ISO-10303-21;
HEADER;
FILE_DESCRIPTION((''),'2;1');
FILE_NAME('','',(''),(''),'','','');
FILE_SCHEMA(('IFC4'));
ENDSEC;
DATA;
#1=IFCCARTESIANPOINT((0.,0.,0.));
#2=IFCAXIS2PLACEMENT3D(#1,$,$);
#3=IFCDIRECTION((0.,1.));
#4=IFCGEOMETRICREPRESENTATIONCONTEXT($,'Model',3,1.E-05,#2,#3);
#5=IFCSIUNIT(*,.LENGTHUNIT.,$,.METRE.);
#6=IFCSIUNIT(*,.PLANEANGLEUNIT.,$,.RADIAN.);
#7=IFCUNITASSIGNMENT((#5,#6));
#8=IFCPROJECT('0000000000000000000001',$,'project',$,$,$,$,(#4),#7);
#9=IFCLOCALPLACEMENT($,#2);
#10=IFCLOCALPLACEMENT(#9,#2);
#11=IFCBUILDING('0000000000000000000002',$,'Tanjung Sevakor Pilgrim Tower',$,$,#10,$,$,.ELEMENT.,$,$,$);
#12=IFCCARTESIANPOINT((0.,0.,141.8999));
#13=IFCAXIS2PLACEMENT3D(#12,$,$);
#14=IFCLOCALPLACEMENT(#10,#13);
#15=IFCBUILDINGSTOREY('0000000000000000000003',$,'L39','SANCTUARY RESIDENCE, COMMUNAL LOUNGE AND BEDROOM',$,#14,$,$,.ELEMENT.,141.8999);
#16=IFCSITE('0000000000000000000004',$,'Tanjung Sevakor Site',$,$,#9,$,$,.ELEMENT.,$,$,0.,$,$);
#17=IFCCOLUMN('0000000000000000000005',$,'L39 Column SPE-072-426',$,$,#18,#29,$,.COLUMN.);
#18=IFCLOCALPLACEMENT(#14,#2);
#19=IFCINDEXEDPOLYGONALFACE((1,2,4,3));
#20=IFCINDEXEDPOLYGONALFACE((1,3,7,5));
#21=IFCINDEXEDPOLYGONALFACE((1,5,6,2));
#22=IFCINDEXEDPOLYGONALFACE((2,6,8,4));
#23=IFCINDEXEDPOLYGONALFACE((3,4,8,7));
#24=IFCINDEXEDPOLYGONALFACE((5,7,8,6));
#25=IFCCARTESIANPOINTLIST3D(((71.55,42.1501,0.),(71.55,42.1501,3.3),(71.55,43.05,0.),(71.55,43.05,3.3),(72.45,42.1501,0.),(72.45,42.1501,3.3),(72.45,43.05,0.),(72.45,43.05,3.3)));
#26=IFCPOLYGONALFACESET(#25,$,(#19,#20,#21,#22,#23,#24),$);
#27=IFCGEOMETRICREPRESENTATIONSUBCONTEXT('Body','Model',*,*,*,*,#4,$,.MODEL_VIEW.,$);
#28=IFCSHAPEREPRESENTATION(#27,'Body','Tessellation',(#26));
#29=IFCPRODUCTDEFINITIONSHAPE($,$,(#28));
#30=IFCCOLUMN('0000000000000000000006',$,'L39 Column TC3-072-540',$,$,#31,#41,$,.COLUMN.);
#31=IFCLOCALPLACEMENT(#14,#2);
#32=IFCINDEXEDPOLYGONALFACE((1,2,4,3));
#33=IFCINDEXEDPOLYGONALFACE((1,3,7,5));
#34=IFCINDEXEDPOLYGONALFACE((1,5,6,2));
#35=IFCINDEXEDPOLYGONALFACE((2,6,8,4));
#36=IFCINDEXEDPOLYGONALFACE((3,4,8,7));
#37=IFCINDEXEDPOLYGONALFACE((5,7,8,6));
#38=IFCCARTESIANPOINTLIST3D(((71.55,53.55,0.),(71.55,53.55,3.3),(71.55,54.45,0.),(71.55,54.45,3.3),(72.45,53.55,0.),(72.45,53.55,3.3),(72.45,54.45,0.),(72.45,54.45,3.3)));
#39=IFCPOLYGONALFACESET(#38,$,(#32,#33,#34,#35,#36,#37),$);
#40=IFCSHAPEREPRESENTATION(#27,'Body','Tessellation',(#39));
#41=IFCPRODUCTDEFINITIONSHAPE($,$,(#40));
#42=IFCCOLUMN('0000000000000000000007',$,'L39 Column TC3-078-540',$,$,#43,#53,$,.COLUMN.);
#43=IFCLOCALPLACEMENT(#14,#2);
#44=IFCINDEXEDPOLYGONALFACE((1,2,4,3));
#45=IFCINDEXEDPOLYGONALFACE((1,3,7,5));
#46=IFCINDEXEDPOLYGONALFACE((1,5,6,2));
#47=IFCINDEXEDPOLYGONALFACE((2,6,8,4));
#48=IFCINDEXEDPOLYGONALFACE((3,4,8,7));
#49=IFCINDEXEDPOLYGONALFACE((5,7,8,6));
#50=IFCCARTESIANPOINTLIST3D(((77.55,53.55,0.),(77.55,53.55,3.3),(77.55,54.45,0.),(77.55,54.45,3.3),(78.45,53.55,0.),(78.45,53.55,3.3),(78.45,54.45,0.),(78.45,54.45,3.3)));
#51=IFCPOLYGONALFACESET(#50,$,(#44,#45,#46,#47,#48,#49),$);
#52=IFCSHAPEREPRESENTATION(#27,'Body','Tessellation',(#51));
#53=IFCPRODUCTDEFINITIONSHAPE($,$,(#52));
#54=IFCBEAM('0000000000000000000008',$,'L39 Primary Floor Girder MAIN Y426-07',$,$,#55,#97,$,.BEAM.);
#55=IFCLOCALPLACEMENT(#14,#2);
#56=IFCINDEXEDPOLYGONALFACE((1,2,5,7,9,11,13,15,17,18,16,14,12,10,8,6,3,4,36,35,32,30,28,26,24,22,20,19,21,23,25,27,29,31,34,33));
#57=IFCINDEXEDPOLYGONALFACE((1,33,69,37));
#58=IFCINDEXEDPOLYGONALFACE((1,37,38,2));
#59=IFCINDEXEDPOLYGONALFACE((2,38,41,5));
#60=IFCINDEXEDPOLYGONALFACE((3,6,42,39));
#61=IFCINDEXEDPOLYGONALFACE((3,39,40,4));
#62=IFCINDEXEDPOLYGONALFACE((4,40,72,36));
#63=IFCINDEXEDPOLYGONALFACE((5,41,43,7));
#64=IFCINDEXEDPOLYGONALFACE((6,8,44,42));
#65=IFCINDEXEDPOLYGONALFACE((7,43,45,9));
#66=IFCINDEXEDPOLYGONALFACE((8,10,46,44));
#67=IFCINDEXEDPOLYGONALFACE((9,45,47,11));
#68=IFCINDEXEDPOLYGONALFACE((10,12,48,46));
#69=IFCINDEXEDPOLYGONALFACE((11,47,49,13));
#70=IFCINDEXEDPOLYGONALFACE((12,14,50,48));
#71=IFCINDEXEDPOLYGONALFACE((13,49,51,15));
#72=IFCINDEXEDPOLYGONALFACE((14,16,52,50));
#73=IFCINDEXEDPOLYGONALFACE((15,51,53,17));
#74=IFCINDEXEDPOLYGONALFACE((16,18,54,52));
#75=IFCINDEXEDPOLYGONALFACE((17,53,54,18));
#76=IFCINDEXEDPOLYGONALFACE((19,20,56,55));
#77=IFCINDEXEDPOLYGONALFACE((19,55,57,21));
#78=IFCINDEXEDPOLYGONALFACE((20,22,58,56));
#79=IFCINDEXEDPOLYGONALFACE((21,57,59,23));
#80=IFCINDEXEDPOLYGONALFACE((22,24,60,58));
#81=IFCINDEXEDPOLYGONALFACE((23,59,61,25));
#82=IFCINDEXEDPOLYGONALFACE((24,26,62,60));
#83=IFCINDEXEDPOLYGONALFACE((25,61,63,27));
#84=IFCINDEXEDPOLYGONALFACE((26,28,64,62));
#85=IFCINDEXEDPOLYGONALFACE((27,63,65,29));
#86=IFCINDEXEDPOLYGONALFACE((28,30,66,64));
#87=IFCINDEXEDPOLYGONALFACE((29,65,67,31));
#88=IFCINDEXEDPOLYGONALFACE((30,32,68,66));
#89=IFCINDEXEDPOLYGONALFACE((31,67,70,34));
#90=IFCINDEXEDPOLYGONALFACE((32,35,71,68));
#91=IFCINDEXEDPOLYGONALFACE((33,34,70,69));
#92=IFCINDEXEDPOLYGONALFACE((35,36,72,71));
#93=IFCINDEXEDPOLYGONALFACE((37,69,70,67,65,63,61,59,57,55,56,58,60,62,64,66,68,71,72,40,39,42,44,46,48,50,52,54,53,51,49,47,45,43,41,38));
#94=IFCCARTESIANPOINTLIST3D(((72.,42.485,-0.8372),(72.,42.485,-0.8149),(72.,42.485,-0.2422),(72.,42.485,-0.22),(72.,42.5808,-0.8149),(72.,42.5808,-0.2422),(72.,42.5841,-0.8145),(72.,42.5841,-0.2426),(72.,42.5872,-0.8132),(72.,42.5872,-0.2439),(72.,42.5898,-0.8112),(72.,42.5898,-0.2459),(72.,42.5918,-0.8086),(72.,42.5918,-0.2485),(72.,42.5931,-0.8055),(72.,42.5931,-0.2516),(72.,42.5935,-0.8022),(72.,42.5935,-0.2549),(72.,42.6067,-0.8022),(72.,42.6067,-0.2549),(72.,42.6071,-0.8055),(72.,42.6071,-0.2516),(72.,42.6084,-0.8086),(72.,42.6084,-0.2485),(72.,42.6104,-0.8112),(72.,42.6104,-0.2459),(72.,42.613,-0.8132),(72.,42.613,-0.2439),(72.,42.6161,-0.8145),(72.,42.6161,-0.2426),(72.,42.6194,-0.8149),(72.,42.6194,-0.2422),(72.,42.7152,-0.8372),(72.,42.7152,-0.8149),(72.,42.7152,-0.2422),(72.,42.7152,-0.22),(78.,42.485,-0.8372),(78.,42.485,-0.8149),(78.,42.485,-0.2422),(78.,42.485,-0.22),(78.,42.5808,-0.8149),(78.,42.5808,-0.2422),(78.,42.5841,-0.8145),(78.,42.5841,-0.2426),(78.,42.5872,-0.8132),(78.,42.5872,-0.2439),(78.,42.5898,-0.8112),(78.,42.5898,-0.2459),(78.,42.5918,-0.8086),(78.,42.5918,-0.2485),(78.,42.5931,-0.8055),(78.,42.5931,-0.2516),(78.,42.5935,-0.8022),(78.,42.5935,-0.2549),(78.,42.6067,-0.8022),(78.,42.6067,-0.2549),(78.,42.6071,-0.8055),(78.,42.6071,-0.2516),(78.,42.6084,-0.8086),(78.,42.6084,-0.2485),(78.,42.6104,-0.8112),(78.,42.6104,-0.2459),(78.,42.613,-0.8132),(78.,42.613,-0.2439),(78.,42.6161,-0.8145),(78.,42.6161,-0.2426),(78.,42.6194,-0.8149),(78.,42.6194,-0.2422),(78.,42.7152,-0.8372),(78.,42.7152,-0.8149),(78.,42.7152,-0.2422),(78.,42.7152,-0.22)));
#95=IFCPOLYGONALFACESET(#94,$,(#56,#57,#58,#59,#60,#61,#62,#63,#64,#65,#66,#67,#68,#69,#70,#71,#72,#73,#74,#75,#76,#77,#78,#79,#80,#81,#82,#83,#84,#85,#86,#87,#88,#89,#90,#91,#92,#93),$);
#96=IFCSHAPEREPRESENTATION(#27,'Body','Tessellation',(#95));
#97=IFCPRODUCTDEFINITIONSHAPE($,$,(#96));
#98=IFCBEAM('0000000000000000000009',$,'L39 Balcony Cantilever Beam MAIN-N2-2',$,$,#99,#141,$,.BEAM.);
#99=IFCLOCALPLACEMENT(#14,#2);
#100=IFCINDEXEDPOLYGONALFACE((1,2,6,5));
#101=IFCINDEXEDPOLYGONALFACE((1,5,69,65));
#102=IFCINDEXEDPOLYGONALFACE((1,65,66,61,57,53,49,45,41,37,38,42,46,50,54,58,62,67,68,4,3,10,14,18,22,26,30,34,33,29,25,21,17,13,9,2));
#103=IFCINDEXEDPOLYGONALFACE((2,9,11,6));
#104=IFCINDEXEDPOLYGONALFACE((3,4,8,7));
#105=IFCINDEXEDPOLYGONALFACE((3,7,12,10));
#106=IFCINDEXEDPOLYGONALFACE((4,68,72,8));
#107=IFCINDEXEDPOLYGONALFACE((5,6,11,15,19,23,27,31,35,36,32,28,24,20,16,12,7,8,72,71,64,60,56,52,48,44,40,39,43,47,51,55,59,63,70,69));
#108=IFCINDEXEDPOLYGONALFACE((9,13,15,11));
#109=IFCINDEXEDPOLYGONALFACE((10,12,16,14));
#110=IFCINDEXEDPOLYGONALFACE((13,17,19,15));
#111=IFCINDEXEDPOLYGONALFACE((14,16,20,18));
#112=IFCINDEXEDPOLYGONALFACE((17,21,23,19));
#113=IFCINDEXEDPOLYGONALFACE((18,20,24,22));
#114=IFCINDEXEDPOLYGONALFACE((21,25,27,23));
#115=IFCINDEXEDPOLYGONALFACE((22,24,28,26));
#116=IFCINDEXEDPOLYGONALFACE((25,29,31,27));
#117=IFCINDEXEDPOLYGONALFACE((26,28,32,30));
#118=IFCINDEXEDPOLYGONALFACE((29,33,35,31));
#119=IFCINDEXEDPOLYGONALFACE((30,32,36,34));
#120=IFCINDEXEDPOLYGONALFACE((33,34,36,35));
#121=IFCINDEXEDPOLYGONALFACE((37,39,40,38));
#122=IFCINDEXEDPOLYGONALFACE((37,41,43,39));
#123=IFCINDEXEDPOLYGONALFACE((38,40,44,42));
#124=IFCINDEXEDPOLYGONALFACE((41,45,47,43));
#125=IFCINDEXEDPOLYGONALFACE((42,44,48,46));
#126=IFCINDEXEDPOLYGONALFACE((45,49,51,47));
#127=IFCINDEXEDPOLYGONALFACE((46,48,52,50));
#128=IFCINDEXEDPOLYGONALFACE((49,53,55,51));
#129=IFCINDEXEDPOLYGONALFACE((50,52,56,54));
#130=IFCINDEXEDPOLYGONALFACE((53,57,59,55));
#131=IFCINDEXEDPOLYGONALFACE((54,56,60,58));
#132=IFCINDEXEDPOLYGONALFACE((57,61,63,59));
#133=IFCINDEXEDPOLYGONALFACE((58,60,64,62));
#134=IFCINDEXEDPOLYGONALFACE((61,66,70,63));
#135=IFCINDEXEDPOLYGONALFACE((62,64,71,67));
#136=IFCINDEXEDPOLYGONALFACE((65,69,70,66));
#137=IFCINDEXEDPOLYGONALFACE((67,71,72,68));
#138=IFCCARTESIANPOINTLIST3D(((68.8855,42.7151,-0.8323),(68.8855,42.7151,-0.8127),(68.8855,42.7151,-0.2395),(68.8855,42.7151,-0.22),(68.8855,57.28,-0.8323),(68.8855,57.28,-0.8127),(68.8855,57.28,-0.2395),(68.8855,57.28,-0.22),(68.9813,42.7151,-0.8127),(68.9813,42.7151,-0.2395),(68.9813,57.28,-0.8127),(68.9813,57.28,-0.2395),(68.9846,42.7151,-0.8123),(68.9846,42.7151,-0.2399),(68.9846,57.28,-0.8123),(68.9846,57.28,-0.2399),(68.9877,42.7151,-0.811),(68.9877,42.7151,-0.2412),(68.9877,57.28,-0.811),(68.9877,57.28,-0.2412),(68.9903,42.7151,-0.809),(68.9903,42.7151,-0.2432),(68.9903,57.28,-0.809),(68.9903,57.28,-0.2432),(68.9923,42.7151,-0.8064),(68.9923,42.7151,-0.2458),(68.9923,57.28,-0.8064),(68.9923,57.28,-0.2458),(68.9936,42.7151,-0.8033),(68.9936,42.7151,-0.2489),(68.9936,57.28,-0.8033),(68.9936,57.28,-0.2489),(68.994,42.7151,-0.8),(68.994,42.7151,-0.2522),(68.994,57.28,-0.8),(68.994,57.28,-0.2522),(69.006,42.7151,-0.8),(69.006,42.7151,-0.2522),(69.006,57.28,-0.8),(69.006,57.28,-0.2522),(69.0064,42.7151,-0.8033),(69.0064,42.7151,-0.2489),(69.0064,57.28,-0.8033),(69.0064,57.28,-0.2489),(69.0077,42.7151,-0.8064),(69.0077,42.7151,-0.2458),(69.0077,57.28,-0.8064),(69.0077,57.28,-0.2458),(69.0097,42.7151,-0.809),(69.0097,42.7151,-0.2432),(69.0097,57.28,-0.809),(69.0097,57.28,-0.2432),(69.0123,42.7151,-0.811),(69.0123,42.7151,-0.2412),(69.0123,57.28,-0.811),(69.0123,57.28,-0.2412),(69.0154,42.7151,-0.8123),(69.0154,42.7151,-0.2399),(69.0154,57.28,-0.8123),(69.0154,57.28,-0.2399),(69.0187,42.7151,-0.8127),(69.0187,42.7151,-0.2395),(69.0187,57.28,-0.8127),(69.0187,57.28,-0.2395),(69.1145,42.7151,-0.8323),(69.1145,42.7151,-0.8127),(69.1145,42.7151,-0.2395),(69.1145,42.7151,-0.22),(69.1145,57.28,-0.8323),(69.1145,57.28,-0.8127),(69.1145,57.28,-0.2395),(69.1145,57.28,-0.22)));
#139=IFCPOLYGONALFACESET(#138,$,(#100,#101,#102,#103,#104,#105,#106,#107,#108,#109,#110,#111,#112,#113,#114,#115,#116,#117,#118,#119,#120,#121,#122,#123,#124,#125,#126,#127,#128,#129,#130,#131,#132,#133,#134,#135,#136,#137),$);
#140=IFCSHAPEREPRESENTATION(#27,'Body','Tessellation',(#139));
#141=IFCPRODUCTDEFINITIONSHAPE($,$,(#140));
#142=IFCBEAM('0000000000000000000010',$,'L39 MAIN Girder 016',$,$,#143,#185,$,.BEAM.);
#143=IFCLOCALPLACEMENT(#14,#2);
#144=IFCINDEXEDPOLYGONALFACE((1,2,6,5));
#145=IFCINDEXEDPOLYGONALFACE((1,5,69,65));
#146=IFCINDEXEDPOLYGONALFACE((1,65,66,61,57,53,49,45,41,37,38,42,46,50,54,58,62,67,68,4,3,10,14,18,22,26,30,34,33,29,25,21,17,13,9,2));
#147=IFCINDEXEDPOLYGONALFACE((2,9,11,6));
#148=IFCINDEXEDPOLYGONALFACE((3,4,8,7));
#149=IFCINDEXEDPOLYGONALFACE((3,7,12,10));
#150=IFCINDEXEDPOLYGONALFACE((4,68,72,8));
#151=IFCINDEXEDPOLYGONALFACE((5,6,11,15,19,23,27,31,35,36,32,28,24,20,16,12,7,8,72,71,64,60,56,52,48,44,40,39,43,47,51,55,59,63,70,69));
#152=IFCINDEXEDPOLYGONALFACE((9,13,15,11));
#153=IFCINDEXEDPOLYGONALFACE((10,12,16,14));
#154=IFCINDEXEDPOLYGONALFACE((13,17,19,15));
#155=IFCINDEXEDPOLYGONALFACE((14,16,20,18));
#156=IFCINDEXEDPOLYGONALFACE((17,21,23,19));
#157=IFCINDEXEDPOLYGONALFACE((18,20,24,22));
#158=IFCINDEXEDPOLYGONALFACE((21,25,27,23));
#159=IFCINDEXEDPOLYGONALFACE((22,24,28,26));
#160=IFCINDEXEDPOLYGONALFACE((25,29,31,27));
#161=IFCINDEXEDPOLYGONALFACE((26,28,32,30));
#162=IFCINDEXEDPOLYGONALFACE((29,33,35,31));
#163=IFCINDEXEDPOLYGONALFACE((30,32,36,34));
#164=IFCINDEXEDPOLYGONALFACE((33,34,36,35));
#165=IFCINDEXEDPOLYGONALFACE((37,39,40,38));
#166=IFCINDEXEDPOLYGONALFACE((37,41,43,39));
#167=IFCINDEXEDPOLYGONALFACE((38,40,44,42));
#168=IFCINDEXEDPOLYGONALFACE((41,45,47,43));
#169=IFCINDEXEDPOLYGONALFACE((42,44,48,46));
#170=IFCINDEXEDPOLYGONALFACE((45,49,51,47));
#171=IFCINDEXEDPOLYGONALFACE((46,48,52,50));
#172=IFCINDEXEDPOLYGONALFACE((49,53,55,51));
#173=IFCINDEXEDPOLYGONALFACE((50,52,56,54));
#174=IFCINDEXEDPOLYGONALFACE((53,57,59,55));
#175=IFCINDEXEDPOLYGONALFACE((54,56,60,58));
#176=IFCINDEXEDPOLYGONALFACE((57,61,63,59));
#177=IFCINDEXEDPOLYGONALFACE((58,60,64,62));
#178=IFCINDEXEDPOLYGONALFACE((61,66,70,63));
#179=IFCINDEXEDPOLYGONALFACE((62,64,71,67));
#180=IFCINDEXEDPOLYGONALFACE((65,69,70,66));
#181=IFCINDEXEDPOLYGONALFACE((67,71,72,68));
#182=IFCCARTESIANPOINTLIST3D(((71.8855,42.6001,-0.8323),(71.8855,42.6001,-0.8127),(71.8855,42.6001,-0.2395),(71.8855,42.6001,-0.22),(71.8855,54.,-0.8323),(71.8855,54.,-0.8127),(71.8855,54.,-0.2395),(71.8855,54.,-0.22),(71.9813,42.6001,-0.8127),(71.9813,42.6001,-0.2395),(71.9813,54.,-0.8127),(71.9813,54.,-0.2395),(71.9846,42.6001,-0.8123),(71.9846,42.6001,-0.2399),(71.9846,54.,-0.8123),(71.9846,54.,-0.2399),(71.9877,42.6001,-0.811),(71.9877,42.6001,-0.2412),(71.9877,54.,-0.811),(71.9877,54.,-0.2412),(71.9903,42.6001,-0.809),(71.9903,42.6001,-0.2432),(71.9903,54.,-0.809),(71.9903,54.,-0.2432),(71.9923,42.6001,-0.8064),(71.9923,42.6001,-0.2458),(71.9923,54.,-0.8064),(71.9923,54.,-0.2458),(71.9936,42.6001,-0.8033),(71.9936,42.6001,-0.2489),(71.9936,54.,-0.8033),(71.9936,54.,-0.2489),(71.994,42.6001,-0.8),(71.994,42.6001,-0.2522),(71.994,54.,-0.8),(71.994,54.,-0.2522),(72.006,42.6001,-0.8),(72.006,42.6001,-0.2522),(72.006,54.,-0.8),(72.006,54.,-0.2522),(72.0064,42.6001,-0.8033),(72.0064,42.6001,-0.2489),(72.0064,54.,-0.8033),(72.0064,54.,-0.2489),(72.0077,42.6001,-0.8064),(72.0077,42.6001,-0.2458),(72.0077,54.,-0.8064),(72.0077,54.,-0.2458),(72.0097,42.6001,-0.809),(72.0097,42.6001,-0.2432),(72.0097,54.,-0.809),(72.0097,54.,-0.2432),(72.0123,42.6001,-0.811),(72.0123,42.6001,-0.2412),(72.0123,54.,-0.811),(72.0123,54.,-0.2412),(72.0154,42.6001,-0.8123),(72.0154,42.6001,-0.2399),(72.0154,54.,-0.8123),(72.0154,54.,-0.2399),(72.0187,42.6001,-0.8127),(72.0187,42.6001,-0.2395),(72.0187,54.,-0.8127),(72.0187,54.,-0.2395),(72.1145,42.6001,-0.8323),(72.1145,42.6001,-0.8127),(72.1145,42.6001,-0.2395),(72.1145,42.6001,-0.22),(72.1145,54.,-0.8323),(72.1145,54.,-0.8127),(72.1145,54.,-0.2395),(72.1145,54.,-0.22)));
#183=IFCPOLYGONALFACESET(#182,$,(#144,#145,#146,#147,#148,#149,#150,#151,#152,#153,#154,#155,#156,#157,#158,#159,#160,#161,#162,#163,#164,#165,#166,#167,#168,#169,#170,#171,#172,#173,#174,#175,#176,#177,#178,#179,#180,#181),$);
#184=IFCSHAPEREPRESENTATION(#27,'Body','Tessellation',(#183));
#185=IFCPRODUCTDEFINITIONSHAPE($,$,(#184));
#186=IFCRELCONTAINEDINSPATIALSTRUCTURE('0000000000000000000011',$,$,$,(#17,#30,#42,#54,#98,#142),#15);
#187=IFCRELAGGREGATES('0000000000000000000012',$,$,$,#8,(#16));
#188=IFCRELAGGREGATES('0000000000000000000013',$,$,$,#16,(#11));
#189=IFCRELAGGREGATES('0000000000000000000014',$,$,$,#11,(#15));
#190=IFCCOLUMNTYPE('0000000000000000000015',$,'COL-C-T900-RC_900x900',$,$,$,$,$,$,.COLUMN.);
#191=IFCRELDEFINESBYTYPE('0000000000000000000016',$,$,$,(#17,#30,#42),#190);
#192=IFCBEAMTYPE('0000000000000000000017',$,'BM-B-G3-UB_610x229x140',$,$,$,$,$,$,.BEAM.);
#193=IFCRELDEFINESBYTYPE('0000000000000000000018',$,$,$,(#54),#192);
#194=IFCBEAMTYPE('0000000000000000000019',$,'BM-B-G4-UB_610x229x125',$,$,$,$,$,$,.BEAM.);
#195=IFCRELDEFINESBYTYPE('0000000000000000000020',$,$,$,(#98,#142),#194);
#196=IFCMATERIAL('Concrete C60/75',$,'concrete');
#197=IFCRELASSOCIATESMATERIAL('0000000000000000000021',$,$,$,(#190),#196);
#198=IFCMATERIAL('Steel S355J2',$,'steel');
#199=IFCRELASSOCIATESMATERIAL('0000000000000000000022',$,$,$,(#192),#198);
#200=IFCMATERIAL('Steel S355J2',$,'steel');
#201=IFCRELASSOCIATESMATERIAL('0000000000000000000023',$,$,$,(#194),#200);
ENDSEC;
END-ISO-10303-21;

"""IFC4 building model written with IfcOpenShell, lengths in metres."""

from ifc_helpers import new_model, si_unit, direction, frame, origin, origin_2d, place, context, subcontext, project, spatial, rectangle, i_section, extrude, material, material_profile, profile_set, type_object, element, save


model = new_model("IFC4")

# Units and contexts
model_context = context("Model", 3, precision=1e-05, world=origin(), true_north=direction((0.0, 1.0)))
body_context = subcontext(model_context, "Body", "Model", "MODEL_VIEW")
ifc_project = project(units=[si_unit("LENGTHUNIT", "METRE"), si_unit("PLANEANGLEUNIT", "RADIAN")], contexts=[model_context])

# Site, building, storey
site_placement = place(None, origin())
site = spatial("IfcSite", under=ifc_project, at=site_placement, Name="Tanjung Sevakor Site", CompositionType="ELEMENT", RefElevation=0.0)
building_placement = place(site_placement, origin())
building = spatial("IfcBuilding", under=site, at=building_placement, Name="Tanjung Sevakor Pilgrim Tower", CompositionType="ELEMENT")
storey_placement = place(building_placement, frame((0.0, 0.0, 141.8999)))
storey = spatial("IfcBuildingStorey", under=building, at=storey_placement, Name="L39", Description="SANCTUARY RESIDENCE, COMMUNAL LOUNGE AND BEDROOM", CompositionType="ELEMENT", Elevation=141.8999)

# Columns
ifc_material_1 = material(Name="Concrete C60/75", Category="concrete")
ifc_material_profile_1 = material_profile(ifc_material_1, rectangle(XDim=0.8999, YDim=0.8999, at=origin_2d()))
ifc_profile_set_1 = profile_set([ifc_material_profile_1], Name="Concrete C60/75")
column_type = type_object("IfcColumnType", Name="COL-C-T900-RC_900x900", PredefinedType="COLUMN", material=ifc_profile_set_1)
for number, where, z_axis, x_axis, name in (
    (1, (72.0, 42.6001, 0.0), (0.0, 0.0, 1.0), (1.0, 0.0, 0.0), "L39 Column SPE-072-426"),
    (2, (72.0, 54.0, 0.0), (0.0, 0.0, 1.0), (1.0, 0.0, 0.0), "L39 Column TC3-072-540"),
    (3, (78.0, 54.0, 0.0), (0.0, 0.0, 1.0), (1.0, 0.0, 0.0), "L39 Column TC3-078-540"),
):
    element("IfcColumn", number, at=place(storey_placement, frame(where, z_axis=z_axis, x_axis=x_axis)), inside=storey, type_object=column_type, Name=name, PredefinedType="COLUMN", context=body_context, shape_type="SweptSolid", body=[
        extrude(rectangle(XDim=0.8999, YDim=0.8999, at=origin_2d()), origin(), (0.0, 0.0, 1.0), 3.3),
    ])

# Beams
ifc_material_2 = material(Name="Steel S355J2", Category="steel")
ifc_material_profile_2 = material_profile(ifc_material_2, i_section(OverallWidth=0.2302, OverallDepth=0.6172, WebThickness=0.0132, FlangeThickness=0.0222, FilletRadius=0.0127, at=origin_2d()))
ifc_profile_set_2 = profile_set([ifc_material_profile_2], Name="Steel S355J2")
beam_type_1 = type_object("IfcBeamType", Name="BM-B-G3-UB_610x229x140", PredefinedType="BEAM", material=ifc_profile_set_2)
beam_1_placement = place(storey_placement, frame((72.0, 42.6001, -0.5286), z_axis=(1.0, 0.0, 0.0), x_axis=(0.0, 1.0, 0.0)))
element("IfcBeam", 4, at=beam_1_placement, inside=storey, type_object=beam_type_1, Name="L39 Primary Floor Girder MAIN Y426-07", PredefinedType="BEAM", context=body_context, shape_type="SweptSolid", body=[
    extrude(i_section(OverallWidth=0.2302, OverallDepth=0.6172, WebThickness=0.0132, FlangeThickness=0.0222, FilletRadius=0.0127, at=origin_2d()), origin(), (0.0, 0.0, 1.0), 6.0),
])
ifc_material_3 = material(Name="Steel S355J2", Category="steel")
ifc_material_profile_3 = material_profile(ifc_material_3, i_section(OverallWidth=0.229, OverallDepth=0.6123, WebThickness=0.012, FlangeThickness=0.0195, FilletRadius=0.0127, at=origin_2d()))
ifc_profile_set_3 = profile_set([ifc_material_profile_3], Name="Steel S355J2")
beam_type_2 = type_object("IfcBeamType", Name="BM-B-G4-UB_610x229x125", PredefinedType="BEAM", material=ifc_profile_set_3)
beam_2_placement = place(storey_placement, frame((69.0, 42.7151, -0.5261), z_axis=(0.0, 1.0, 0.0), x_axis=(-1.0, 0.0, 0.0)))
element("IfcBeam", 5, at=beam_2_placement, inside=storey, type_object=beam_type_2, Name="L39 Balcony Cantilever Beam MAIN-N2-2", PredefinedType="BEAM", context=body_context, shape_type="SweptSolid", body=[
    extrude(i_section(OverallWidth=0.229, OverallDepth=0.6123, WebThickness=0.012, FlangeThickness=0.0195, FilletRadius=0.0127, at=origin_2d()), origin(), (0.0, 0.0, 1.0), 14.5649),
])
beam_3_placement = place(storey_placement, frame((72.0, 42.6001, -0.5261), z_axis=(0.0, 1.0, 0.0), x_axis=(-1.0, 0.0, 0.0)))
element("IfcBeam", 6, at=beam_3_placement, inside=storey, type_object=beam_type_2, Name="L39 MAIN Girder 016", PredefinedType="BEAM", context=body_context, shape_type="SweptSolid", body=[
    extrude(i_section(OverallWidth=0.229, OverallDepth=0.6123, WebThickness=0.012, FlangeThickness=0.0195, FilletRadius=0.0127, at=origin_2d()), origin(), (0.0, 0.0, 1.0), 11.3999),
])

save(model, "model.ifc")
